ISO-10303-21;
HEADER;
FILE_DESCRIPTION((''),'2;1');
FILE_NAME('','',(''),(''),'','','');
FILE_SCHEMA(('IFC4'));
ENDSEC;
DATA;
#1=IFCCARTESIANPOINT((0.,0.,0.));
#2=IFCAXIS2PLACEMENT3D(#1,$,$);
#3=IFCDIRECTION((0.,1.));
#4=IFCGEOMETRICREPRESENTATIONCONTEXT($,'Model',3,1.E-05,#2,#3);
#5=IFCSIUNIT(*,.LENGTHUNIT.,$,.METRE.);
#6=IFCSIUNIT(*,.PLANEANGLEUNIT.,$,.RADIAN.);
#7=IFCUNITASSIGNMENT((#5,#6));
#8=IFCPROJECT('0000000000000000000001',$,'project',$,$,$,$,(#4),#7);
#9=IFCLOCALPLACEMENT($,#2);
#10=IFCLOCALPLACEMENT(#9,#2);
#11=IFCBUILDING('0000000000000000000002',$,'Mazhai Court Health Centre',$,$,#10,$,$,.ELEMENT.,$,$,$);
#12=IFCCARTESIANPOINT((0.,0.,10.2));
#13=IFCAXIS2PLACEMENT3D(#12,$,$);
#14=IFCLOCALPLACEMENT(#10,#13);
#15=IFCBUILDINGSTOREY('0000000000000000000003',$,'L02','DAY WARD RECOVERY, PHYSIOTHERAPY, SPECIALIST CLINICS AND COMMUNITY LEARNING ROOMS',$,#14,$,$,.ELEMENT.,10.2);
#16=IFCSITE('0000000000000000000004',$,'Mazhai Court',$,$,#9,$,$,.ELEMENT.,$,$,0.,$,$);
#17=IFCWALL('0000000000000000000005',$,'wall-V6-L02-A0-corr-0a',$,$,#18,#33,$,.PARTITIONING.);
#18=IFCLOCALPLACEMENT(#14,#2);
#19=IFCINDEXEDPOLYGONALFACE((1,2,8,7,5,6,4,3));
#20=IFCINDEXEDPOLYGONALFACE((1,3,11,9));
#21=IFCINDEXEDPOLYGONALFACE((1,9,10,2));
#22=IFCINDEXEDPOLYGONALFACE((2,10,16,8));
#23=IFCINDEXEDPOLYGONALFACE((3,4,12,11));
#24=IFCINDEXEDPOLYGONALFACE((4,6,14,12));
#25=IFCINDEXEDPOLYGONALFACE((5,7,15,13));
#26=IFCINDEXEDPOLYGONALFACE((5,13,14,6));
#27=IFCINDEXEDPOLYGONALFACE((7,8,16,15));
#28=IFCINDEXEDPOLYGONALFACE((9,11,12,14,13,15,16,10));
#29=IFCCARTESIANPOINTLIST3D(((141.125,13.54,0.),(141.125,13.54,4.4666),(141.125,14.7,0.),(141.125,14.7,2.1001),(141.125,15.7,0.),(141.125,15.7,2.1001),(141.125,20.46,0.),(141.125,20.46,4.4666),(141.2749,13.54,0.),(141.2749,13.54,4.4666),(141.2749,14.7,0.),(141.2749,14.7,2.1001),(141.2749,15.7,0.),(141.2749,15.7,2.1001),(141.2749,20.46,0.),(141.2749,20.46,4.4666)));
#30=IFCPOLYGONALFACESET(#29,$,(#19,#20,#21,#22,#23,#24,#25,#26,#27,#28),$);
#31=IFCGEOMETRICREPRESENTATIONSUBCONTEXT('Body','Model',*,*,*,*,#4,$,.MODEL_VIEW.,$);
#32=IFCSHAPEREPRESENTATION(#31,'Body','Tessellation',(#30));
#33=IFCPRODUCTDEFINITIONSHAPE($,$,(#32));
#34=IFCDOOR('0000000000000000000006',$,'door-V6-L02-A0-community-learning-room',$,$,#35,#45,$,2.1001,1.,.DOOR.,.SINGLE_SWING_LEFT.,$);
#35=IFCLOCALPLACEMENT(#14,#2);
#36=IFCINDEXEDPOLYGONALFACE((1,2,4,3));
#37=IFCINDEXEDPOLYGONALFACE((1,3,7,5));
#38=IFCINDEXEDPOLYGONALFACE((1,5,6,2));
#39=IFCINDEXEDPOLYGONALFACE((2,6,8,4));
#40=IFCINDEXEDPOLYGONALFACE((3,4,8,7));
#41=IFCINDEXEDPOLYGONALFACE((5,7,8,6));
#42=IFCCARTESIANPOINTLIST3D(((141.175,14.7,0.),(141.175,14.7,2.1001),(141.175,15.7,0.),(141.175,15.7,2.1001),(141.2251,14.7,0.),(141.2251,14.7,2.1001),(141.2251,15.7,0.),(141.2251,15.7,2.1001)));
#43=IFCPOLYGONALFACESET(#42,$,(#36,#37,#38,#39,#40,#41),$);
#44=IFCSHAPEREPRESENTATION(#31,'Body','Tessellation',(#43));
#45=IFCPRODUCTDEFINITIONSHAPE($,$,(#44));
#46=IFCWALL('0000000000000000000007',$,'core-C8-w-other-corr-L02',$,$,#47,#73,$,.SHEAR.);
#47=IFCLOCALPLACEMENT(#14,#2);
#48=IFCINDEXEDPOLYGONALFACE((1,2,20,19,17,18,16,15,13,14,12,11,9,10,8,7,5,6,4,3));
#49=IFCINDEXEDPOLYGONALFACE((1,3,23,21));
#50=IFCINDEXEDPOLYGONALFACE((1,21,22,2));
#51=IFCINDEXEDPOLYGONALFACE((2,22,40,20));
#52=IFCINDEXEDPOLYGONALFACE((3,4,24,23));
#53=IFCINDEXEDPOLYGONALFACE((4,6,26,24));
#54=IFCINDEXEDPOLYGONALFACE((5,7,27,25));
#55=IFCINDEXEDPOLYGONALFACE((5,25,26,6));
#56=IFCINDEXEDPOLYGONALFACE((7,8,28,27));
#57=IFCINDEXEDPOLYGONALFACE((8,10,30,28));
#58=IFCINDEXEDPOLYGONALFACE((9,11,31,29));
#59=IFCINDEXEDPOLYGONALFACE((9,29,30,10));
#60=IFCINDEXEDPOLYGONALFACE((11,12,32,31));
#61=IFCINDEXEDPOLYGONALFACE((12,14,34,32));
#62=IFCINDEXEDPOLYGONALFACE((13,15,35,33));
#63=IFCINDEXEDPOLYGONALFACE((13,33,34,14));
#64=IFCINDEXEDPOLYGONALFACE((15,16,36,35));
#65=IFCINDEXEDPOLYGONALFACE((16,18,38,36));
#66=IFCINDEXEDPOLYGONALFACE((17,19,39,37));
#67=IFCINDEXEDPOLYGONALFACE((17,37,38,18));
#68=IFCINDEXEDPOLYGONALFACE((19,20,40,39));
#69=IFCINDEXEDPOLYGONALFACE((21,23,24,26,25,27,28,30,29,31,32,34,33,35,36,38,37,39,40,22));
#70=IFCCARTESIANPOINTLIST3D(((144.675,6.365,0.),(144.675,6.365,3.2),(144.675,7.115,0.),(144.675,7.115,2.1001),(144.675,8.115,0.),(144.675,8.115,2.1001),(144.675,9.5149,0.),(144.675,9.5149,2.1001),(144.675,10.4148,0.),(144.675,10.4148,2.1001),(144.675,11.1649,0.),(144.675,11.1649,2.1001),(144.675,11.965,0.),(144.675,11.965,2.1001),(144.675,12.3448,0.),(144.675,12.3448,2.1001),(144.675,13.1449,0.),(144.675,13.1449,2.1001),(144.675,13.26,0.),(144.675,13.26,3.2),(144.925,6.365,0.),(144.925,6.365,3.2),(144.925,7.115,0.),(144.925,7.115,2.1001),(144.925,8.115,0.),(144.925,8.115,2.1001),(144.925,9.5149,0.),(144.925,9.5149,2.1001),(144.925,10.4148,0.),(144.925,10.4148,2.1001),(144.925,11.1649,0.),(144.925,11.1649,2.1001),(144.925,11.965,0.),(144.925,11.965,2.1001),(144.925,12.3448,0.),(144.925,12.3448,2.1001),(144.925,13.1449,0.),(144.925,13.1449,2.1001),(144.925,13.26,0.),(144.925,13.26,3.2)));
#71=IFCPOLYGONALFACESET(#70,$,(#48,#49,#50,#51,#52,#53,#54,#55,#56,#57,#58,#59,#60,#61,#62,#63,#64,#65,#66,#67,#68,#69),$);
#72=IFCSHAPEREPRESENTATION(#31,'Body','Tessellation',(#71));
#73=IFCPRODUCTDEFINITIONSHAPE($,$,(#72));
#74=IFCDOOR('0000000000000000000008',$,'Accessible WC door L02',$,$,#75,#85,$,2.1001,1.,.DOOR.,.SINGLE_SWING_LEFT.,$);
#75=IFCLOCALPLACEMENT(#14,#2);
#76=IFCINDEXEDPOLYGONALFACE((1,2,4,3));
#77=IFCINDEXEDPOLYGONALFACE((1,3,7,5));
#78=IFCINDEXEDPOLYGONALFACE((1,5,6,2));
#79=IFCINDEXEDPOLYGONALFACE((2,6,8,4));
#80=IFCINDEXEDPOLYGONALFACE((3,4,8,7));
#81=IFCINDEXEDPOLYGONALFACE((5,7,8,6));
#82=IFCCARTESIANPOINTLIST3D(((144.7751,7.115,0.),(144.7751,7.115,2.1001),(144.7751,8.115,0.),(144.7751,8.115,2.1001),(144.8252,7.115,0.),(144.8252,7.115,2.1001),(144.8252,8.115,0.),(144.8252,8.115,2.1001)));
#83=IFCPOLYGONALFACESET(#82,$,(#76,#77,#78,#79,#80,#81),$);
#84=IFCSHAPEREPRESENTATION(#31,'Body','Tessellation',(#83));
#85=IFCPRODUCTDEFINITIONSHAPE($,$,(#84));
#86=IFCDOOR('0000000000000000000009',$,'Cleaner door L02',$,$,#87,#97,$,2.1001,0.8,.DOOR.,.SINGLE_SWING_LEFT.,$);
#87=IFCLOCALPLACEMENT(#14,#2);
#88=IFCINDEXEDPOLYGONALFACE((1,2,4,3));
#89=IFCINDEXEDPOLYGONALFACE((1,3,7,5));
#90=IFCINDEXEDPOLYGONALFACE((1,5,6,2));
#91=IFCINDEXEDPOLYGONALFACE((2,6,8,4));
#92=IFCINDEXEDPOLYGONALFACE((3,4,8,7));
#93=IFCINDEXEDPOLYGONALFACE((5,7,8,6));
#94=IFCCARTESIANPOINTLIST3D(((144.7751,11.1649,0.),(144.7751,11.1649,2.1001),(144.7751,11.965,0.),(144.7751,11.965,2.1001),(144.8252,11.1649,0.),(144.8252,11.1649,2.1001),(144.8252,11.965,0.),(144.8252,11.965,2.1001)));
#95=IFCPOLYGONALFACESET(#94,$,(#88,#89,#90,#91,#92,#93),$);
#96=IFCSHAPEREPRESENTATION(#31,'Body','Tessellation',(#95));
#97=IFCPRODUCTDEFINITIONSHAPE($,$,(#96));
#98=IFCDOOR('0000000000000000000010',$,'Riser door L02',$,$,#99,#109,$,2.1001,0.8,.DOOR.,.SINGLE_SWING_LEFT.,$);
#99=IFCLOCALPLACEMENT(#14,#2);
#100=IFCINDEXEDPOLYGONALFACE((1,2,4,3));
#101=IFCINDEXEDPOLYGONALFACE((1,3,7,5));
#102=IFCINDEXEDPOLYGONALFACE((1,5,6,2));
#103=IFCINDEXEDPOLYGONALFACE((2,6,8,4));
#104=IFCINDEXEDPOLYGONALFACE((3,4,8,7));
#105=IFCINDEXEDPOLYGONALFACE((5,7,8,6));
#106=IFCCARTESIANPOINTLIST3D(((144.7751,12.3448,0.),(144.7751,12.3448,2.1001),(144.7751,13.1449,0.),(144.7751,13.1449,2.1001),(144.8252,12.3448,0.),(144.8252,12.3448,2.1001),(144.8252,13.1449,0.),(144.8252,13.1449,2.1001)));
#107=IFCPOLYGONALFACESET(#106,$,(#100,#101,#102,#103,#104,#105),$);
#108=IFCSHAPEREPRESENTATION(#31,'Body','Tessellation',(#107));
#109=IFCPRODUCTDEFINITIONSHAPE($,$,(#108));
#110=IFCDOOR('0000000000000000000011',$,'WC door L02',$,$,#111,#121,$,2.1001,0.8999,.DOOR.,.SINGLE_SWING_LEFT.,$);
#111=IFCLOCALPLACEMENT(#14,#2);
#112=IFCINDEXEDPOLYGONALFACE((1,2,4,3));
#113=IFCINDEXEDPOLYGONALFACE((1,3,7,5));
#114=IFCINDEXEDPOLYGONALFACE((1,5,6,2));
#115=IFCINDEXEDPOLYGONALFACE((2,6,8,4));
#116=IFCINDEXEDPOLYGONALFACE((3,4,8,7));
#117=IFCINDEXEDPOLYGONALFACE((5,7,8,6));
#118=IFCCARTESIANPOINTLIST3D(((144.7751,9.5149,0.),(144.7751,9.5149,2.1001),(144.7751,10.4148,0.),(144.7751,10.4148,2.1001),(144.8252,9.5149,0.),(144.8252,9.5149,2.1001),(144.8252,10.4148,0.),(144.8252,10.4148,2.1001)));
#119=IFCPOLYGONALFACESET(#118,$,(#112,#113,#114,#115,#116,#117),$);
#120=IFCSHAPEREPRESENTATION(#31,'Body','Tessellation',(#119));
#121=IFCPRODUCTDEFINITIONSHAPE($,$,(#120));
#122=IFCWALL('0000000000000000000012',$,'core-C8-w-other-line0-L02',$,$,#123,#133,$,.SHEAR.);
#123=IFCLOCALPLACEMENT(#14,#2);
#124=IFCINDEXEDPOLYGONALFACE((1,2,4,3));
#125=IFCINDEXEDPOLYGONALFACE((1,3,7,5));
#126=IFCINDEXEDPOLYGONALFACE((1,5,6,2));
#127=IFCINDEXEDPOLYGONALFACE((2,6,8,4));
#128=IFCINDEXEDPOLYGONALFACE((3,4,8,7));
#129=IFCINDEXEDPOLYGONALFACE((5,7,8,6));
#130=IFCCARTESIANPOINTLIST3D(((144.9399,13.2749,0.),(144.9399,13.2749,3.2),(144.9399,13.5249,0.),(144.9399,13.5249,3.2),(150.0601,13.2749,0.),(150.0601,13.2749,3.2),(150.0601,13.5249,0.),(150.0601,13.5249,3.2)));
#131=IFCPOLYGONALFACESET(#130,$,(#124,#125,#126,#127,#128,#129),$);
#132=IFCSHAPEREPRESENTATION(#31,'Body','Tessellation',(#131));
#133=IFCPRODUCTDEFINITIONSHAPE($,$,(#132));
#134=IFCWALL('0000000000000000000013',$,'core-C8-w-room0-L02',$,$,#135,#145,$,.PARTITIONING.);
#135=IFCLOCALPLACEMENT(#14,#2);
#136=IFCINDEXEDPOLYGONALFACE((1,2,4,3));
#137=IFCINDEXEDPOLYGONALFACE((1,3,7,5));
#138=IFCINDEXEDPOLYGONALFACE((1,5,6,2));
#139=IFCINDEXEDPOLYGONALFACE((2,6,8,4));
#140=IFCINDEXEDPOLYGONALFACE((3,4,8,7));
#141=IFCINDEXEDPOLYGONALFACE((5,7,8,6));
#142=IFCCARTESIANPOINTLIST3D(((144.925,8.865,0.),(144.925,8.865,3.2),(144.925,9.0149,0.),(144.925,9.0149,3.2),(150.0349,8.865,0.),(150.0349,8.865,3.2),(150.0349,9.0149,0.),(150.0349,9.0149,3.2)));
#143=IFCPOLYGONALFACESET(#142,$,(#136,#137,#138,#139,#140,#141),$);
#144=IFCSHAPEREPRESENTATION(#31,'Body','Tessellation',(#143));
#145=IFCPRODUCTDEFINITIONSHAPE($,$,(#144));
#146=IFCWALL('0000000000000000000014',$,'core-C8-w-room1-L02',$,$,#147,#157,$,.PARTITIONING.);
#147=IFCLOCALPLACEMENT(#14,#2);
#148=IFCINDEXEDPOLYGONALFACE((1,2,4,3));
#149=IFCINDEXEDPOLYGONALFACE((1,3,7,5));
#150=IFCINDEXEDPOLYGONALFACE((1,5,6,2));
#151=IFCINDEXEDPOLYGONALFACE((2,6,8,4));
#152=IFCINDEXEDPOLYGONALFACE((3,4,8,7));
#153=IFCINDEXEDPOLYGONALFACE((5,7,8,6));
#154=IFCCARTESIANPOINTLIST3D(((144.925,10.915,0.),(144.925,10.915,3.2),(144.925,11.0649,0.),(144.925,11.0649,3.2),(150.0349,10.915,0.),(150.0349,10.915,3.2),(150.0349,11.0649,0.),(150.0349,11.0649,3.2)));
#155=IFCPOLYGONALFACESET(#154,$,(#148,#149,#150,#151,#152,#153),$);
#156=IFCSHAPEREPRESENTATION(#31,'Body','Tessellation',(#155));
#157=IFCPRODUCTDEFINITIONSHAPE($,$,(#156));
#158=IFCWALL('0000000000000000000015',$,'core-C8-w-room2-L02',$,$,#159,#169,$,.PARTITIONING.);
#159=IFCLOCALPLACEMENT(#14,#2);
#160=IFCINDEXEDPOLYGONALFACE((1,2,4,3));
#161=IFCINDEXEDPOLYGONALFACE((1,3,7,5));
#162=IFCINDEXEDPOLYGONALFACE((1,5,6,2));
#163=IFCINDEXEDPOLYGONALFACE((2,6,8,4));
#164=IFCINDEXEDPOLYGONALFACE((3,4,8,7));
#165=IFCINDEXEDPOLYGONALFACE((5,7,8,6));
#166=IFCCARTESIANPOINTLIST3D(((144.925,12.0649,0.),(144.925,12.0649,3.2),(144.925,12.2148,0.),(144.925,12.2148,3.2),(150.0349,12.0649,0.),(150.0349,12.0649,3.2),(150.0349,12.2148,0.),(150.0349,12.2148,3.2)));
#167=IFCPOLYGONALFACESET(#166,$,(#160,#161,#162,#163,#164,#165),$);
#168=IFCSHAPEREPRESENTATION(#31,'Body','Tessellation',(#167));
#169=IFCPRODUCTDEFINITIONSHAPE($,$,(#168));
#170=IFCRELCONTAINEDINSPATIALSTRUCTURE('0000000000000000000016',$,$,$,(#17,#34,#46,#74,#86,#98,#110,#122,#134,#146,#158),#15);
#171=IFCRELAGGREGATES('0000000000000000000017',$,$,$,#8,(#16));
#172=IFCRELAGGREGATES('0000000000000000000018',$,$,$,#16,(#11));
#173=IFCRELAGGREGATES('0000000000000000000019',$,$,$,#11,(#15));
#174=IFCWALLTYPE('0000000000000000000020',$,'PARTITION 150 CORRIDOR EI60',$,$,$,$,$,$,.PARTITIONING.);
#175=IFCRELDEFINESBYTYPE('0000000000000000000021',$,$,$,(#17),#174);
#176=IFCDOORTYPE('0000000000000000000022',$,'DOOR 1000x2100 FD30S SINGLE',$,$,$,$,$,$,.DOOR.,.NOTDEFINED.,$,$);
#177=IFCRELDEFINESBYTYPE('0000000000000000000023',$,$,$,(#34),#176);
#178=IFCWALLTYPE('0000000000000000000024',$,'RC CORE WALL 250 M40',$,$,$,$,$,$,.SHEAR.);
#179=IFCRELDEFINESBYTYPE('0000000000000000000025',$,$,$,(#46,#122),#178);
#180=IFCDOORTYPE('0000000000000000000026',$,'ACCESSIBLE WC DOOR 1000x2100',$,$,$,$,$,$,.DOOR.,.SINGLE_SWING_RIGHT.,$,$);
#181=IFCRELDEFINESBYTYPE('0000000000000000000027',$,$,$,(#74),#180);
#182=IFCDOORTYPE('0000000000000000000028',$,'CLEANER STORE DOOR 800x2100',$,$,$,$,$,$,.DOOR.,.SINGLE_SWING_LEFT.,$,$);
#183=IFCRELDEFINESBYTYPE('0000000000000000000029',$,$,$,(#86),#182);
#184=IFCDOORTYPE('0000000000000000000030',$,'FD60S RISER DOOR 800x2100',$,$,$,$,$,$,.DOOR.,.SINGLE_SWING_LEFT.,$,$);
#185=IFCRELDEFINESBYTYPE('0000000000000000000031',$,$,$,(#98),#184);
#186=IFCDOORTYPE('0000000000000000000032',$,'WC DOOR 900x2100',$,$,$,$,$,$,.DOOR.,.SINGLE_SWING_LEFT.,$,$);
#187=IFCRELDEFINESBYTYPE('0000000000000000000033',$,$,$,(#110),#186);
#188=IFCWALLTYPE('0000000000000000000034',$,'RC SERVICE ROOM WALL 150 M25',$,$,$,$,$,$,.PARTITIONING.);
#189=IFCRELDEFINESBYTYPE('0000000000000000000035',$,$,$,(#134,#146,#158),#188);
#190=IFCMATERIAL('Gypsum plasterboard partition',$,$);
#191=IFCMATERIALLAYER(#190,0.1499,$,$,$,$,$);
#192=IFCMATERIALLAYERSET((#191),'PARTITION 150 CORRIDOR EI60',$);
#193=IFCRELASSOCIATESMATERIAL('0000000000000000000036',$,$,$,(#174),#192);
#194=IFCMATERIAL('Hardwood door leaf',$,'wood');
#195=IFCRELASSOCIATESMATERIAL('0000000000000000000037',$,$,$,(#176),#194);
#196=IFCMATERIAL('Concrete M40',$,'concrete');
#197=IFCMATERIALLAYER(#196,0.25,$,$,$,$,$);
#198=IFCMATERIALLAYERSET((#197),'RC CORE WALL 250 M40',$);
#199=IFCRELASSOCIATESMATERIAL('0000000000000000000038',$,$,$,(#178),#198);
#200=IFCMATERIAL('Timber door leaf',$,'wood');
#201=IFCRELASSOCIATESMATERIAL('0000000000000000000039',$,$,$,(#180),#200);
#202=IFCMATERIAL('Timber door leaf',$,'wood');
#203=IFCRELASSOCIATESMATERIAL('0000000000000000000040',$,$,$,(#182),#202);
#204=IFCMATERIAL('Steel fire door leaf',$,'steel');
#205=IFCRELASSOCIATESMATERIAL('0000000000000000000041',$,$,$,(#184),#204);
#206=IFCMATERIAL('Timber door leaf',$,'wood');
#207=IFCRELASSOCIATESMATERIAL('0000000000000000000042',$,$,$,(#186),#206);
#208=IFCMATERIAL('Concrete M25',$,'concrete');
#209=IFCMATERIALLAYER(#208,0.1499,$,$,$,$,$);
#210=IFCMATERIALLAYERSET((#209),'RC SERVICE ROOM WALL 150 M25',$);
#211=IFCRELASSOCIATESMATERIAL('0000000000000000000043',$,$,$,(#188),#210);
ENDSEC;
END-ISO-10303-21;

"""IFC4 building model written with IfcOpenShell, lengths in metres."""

from ifc_helpers import new_model, si_unit, direction, frame, frame_2d, origin, place, context, subcontext, project, spatial, rectangle, extrude, material, layer, layer_set, type_object, element, fill, save


model = new_model("IFC4")

# Units and contexts
model_context = context("Model", 3, precision=1e-05, world=origin(), true_north=direction((0.0, 1.0)))
body_context = subcontext(model_context, "Body", "Model", "MODEL_VIEW")
ifc_project = project(units=[si_unit("LENGTHUNIT", "METRE"), si_unit("PLANEANGLEUNIT", "RADIAN")], contexts=[model_context])

# Site, building, storey
site_placement = place(None, origin())
site = spatial("IfcSite", under=ifc_project, at=site_placement, Name="Mazhai Court", CompositionType="ELEMENT", RefElevation=0.0)
building_placement = place(site_placement, origin())
building = spatial("IfcBuilding", under=site, at=building_placement, Name="Mazhai Court Health Centre", CompositionType="ELEMENT")
storey_placement = place(building_placement, frame((0.0, 0.0, 10.2)))
storey = spatial("IfcBuildingStorey", under=building, at=storey_placement, Name="L02", Description="DAY WARD RECOVERY, PHYSIOTHERAPY, SPECIALIST CLINICS AND COMMUNITY LEARNING ROOMS", CompositionType="ELEMENT", Elevation=10.2)

# Wall, opening, door
ifc_material_1 = material(Name="Gypsum plasterboard partition")
ifc_layer_1 = layer(ifc_material_1, 0.1499)
ifc_layer_set_1 = layer_set([ifc_layer_1], Name="PARTITION 150 CORRIDOR EI60")
wall_type_1 = type_object("IfcWallType", Name="PARTITION 150 CORRIDOR EI60", PredefinedType="PARTITIONING", material=ifc_layer_set_1)
wall_1_placement = place(storey_placement, frame((141.2, 13.54, 0.0), z_axis=(0.0, 0.0, 1.0), x_axis=(0.0, 1.0, 0.0)))
wall_1 = element("IfcWall", 1, at=wall_1_placement, inside=storey, type_object=wall_type_1, Name="wall-V6-L02-A0-corr-0a", PredefinedType="PARTITIONING", context=body_context, shape_type="SweptSolid", body=[
    extrude(rectangle(XDim=6.9199, YDim=0.1499, at=frame_2d((3.46, 0.0))), origin(), (0.0, 0.0, 1.0), 4.4666),
])
opening_1_placement = place(wall_1_placement, frame((1.1599, 0.0, 0.0)))
opening_1 = element("IfcOpeningElement", 2, at=opening_1_placement, cuts=wall_1, PredefinedType="OPENING", context=body_context, shape_type="SweptSolid", body=[
    extrude(rectangle(XDim=1.0, YDim=2.1001, at=frame_2d((0.5, 1.05))), frame((0.0, 0.085, 0.0), z_axis=(0.0, -1.0, 0.0), x_axis=(1.0, 0.0, 0.0)), (0.0, 0.0, 1.0), 0.1699),
])
ifc_material_2 = material(Name="Hardwood door leaf", Category="wood")
door_type_1 = type_object("IfcDoorType", Name="DOOR 1000x2100 FD30S SINGLE", OperationType="NOTDEFINED", PredefinedType="DOOR", material=ifc_material_2)
door_1_placement = place(opening_1_placement, origin())
door_1 = element("IfcDoor", 3, at=door_1_placement, inside=storey, type_object=door_type_1, Name="door-V6-L02-A0-community-learning-room", OperationType="SINGLE_SWING_LEFT", OverallHeight=2.1001, OverallWidth=1.0, PredefinedType="DOOR", context=body_context, shape_type="SweptSolid", body=[
    extrude(rectangle(XDim=1.0, YDim=2.1001, at=frame_2d((0.5, 1.05))), frame((0.0, 0.0249, 0.0), z_axis=(0.0, -1.0, 0.0), x_axis=(1.0, 0.0, 0.0)), (0.0, 0.0, 1.0), 0.05),
])
fill(opening_1, door_1)

# Wall, openings, doors
ifc_material_3 = material(Name="Concrete M40", Category="concrete")
ifc_layer_2 = layer(ifc_material_3, 0.25)
ifc_layer_set_2 = layer_set([ifc_layer_2], Name="RC CORE WALL 250 M40")
wall_type_2 = type_object("IfcWallType", Name="RC CORE WALL 250 M40", PredefinedType="SHEAR", material=ifc_layer_set_2)
wall_2_placement = place(storey_placement, frame((144.8, 6.365, 0.0), z_axis=(0.0, 0.0, 1.0), x_axis=(0.0, 1.0, 0.0)))
wall_2 = element("IfcWall", 4, at=wall_2_placement, inside=storey, type_object=wall_type_2, Name="core-C8-w-other-corr-L02", PredefinedType="SHEAR", context=body_context, shape_type="SweptSolid", body=[
    extrude(rectangle(XDim=6.895, YDim=0.25, at=frame_2d((3.4475, 0.0))), origin(), (0.0, 0.0, 1.0), 3.2),
])
opening_2_placement = place(wall_2_placement, frame((0.75, 0.0, 0.0)))
opening_2 = element("IfcOpeningElement", 5, at=opening_2_placement, cuts=wall_2, PredefinedType="OPENING", context=body_context, shape_type="SweptSolid", body=[
    extrude(rectangle(XDim=1.0, YDim=2.1001, at=frame_2d((0.5, 1.05))), frame((0.0, 0.135, 0.0), z_axis=(0.0, -1.0, 0.0), x_axis=(1.0, 0.0, 0.0)), (0.0, 0.0, 1.0), 0.27),
])
opening_3_placement = place(wall_2_placement, frame((3.1499, 0.0, 0.0)))
opening_3 = element("IfcOpeningElement", 6, at=opening_3_placement, cuts=wall_2, PredefinedType="OPENING", context=body_context, shape_type="SweptSolid", body=[
    extrude(rectangle(XDim=0.8999, YDim=2.1001, at=frame_2d((0.45, 1.05))), frame((0.0, 0.135, 0.0), z_axis=(0.0, -1.0, 0.0), x_axis=(1.0, 0.0, 0.0)), (0.0, 0.0, 1.0), 0.27),
])
opening_4_placement = place(wall_2_placement, frame((4.8, 0.0, 0.0)))
opening_4 = element("IfcOpeningElement", 7, at=opening_4_placement, cuts=wall_2, PredefinedType="OPENING", context=body_context, shape_type="SweptSolid", body=[
    extrude(rectangle(XDim=0.8, YDim=2.1001, at=frame_2d((0.3999, 1.05))), frame((0.0, 0.135, 0.0), z_axis=(0.0, -1.0, 0.0), x_axis=(1.0, 0.0, 0.0)), (0.0, 0.0, 1.0), 0.27),
])
opening_5_placement = place(wall_2_placement, frame((5.98, 0.0, 0.0)))
opening_5 = element("IfcOpeningElement", 8, at=opening_5_placement, cuts=wall_2, PredefinedType="OPENING", context=body_context, shape_type="SweptSolid", body=[
    extrude(rectangle(XDim=0.8, YDim=2.1001, at=frame_2d((0.3999, 1.05))), frame((0.0, 0.135, 0.0), z_axis=(0.0, -1.0, 0.0), x_axis=(1.0, 0.0, 0.0)), (0.0, 0.0, 1.0), 0.27),
])
ifc_material_4 = material(Name="Timber door leaf", Category="wood")
door_type_2 = type_object("IfcDoorType", Name="ACCESSIBLE WC DOOR 1000x2100", OperationType="SINGLE_SWING_RIGHT", PredefinedType="DOOR", material=ifc_material_4)
door_2_placement = place(opening_2_placement, origin())
door_2 = element("IfcDoor", 9, at=door_2_placement, inside=storey, type_object=door_type_2, Name="Accessible WC door L02", OperationType="SINGLE_SWING_LEFT", OverallHeight=2.1001, OverallWidth=1.0, PredefinedType="DOOR", context=body_context, shape_type="SweptSolid", body=[
    extrude(rectangle(XDim=1.0, YDim=2.1001, at=frame_2d((0.5, 1.05))), frame((0.0, 0.0249, 0.0), z_axis=(0.0, -1.0, 0.0), x_axis=(1.0, 0.0, 0.0)), (0.0, 0.0, 1.0), 0.05),
])
fill(opening_2, door_2)
ifc_material_5 = material(Name="Timber door leaf", Category="wood")
door_type_3 = type_object("IfcDoorType", Name="CLEANER STORE DOOR 800x2100", OperationType="SINGLE_SWING_LEFT", PredefinedType="DOOR", material=ifc_material_5)
door_3_placement = place(opening_4_placement, origin())
door_3 = element("IfcDoor", 10, at=door_3_placement, inside=storey, type_object=door_type_3, Name="Cleaner door L02", OperationType="SINGLE_SWING_LEFT", OverallHeight=2.1001, OverallWidth=0.8, PredefinedType="DOOR", context=body_context, shape_type="SweptSolid", body=[
    extrude(rectangle(XDim=0.8, YDim=2.1001, at=frame_2d((0.3999, 1.05))), frame((0.0, 0.0249, 0.0), z_axis=(0.0, -1.0, 0.0), x_axis=(1.0, 0.0, 0.0)), (0.0, 0.0, 1.0), 0.05),
])
fill(opening_4, door_3)
ifc_material_6 = material(Name="Steel fire door leaf", Category="steel")
door_type_4 = type_object("IfcDoorType", Name="FD60S RISER DOOR 800x2100", OperationType="SINGLE_SWING_LEFT", PredefinedType="DOOR", material=ifc_material_6)
door_4_placement = place(opening_5_placement, origin())
door_4 = element("IfcDoor", 11, at=door_4_placement, inside=storey, type_object=door_type_4, Name="Riser door L02", OperationType="SINGLE_SWING_LEFT", OverallHeight=2.1001, OverallWidth=0.8, PredefinedType="DOOR", context=body_context, shape_type="SweptSolid", body=[
    extrude(rectangle(XDim=0.8, YDim=2.1001, at=frame_2d((0.3999, 1.05))), frame((0.0, 0.0249, 0.0), z_axis=(0.0, -1.0, 0.0), x_axis=(1.0, 0.0, 0.0)), (0.0, 0.0, 1.0), 0.05),
])
fill(opening_5, door_4)
ifc_material_7 = material(Name="Timber door leaf", Category="wood")
door_type_5 = type_object("IfcDoorType", Name="WC DOOR 900x2100", OperationType="SINGLE_SWING_LEFT", PredefinedType="DOOR", material=ifc_material_7)
door_5_placement = place(opening_3_placement, origin())
door_5 = element("IfcDoor", 12, at=door_5_placement, inside=storey, type_object=door_type_5, Name="WC door L02", OperationType="SINGLE_SWING_LEFT", OverallHeight=2.1001, OverallWidth=0.8999, PredefinedType="DOOR", context=body_context, shape_type="SweptSolid", body=[
    extrude(rectangle(XDim=0.8999, YDim=2.1001, at=frame_2d((0.45, 1.05))), frame((0.0, 0.0249, 0.0), z_axis=(0.0, -1.0, 0.0), x_axis=(1.0, 0.0, 0.0)), (0.0, 0.0, 1.0), 0.05),
])
fill(opening_3, door_5)

# Walls
wall_3_placement = place(storey_placement, frame((144.9399, 13.3999, 0.0), z_axis=(0.0, 0.0, 1.0), x_axis=(1.0, 0.0, 0.0)))
element("IfcWall", 13, at=wall_3_placement, inside=storey, type_object=wall_type_2, Name="core-C8-w-other-line0-L02", PredefinedType="SHEAR", context=body_context, shape_type="SweptSolid", body=[
    extrude(rectangle(XDim=5.1201, YDim=0.25, at=frame_2d((2.5601, 0.0))), origin(), (0.0, 0.0, 1.0), 3.2),
])
ifc_material_8 = material(Name="Concrete M25", Category="concrete")
ifc_layer_3 = layer(ifc_material_8, 0.1499)
ifc_layer_set_3 = layer_set([ifc_layer_3], Name="RC SERVICE ROOM WALL 150 M25")
wall_type_3 = type_object("IfcWallType", Name="RC SERVICE ROOM WALL 150 M25", PredefinedType="PARTITIONING", material=ifc_layer_set_3)
for number, where, z_axis, x_axis, name in (
    (14, (144.925, 8.9399, 0.0), (0.0, 0.0, 1.0), (1.0, 0.0, 0.0), "core-C8-w-room0-L02"),
    (15, (144.925, 10.99, 0.0), (0.0, 0.0, 1.0), (1.0, 0.0, 0.0), "core-C8-w-room1-L02"),
    (16, (144.925, 12.1399, 0.0), (0.0, 0.0, 1.0), (1.0, 0.0, 0.0), "core-C8-w-room2-L02"),
):
    element("IfcWall", number, at=place(storey_placement, frame(where, z_axis=z_axis, x_axis=x_axis)), inside=storey, type_object=wall_type_3, Name=name, PredefinedType="PARTITIONING", context=body_context, shape_type="SweptSolid", body=[
        extrude(rectangle(XDim=5.1099, YDim=0.1499, at=frame_2d((2.5549, 0.0))), origin(), (0.0, 0.0, 1.0), 3.2),
    ])

save(model, "model.ifc")
